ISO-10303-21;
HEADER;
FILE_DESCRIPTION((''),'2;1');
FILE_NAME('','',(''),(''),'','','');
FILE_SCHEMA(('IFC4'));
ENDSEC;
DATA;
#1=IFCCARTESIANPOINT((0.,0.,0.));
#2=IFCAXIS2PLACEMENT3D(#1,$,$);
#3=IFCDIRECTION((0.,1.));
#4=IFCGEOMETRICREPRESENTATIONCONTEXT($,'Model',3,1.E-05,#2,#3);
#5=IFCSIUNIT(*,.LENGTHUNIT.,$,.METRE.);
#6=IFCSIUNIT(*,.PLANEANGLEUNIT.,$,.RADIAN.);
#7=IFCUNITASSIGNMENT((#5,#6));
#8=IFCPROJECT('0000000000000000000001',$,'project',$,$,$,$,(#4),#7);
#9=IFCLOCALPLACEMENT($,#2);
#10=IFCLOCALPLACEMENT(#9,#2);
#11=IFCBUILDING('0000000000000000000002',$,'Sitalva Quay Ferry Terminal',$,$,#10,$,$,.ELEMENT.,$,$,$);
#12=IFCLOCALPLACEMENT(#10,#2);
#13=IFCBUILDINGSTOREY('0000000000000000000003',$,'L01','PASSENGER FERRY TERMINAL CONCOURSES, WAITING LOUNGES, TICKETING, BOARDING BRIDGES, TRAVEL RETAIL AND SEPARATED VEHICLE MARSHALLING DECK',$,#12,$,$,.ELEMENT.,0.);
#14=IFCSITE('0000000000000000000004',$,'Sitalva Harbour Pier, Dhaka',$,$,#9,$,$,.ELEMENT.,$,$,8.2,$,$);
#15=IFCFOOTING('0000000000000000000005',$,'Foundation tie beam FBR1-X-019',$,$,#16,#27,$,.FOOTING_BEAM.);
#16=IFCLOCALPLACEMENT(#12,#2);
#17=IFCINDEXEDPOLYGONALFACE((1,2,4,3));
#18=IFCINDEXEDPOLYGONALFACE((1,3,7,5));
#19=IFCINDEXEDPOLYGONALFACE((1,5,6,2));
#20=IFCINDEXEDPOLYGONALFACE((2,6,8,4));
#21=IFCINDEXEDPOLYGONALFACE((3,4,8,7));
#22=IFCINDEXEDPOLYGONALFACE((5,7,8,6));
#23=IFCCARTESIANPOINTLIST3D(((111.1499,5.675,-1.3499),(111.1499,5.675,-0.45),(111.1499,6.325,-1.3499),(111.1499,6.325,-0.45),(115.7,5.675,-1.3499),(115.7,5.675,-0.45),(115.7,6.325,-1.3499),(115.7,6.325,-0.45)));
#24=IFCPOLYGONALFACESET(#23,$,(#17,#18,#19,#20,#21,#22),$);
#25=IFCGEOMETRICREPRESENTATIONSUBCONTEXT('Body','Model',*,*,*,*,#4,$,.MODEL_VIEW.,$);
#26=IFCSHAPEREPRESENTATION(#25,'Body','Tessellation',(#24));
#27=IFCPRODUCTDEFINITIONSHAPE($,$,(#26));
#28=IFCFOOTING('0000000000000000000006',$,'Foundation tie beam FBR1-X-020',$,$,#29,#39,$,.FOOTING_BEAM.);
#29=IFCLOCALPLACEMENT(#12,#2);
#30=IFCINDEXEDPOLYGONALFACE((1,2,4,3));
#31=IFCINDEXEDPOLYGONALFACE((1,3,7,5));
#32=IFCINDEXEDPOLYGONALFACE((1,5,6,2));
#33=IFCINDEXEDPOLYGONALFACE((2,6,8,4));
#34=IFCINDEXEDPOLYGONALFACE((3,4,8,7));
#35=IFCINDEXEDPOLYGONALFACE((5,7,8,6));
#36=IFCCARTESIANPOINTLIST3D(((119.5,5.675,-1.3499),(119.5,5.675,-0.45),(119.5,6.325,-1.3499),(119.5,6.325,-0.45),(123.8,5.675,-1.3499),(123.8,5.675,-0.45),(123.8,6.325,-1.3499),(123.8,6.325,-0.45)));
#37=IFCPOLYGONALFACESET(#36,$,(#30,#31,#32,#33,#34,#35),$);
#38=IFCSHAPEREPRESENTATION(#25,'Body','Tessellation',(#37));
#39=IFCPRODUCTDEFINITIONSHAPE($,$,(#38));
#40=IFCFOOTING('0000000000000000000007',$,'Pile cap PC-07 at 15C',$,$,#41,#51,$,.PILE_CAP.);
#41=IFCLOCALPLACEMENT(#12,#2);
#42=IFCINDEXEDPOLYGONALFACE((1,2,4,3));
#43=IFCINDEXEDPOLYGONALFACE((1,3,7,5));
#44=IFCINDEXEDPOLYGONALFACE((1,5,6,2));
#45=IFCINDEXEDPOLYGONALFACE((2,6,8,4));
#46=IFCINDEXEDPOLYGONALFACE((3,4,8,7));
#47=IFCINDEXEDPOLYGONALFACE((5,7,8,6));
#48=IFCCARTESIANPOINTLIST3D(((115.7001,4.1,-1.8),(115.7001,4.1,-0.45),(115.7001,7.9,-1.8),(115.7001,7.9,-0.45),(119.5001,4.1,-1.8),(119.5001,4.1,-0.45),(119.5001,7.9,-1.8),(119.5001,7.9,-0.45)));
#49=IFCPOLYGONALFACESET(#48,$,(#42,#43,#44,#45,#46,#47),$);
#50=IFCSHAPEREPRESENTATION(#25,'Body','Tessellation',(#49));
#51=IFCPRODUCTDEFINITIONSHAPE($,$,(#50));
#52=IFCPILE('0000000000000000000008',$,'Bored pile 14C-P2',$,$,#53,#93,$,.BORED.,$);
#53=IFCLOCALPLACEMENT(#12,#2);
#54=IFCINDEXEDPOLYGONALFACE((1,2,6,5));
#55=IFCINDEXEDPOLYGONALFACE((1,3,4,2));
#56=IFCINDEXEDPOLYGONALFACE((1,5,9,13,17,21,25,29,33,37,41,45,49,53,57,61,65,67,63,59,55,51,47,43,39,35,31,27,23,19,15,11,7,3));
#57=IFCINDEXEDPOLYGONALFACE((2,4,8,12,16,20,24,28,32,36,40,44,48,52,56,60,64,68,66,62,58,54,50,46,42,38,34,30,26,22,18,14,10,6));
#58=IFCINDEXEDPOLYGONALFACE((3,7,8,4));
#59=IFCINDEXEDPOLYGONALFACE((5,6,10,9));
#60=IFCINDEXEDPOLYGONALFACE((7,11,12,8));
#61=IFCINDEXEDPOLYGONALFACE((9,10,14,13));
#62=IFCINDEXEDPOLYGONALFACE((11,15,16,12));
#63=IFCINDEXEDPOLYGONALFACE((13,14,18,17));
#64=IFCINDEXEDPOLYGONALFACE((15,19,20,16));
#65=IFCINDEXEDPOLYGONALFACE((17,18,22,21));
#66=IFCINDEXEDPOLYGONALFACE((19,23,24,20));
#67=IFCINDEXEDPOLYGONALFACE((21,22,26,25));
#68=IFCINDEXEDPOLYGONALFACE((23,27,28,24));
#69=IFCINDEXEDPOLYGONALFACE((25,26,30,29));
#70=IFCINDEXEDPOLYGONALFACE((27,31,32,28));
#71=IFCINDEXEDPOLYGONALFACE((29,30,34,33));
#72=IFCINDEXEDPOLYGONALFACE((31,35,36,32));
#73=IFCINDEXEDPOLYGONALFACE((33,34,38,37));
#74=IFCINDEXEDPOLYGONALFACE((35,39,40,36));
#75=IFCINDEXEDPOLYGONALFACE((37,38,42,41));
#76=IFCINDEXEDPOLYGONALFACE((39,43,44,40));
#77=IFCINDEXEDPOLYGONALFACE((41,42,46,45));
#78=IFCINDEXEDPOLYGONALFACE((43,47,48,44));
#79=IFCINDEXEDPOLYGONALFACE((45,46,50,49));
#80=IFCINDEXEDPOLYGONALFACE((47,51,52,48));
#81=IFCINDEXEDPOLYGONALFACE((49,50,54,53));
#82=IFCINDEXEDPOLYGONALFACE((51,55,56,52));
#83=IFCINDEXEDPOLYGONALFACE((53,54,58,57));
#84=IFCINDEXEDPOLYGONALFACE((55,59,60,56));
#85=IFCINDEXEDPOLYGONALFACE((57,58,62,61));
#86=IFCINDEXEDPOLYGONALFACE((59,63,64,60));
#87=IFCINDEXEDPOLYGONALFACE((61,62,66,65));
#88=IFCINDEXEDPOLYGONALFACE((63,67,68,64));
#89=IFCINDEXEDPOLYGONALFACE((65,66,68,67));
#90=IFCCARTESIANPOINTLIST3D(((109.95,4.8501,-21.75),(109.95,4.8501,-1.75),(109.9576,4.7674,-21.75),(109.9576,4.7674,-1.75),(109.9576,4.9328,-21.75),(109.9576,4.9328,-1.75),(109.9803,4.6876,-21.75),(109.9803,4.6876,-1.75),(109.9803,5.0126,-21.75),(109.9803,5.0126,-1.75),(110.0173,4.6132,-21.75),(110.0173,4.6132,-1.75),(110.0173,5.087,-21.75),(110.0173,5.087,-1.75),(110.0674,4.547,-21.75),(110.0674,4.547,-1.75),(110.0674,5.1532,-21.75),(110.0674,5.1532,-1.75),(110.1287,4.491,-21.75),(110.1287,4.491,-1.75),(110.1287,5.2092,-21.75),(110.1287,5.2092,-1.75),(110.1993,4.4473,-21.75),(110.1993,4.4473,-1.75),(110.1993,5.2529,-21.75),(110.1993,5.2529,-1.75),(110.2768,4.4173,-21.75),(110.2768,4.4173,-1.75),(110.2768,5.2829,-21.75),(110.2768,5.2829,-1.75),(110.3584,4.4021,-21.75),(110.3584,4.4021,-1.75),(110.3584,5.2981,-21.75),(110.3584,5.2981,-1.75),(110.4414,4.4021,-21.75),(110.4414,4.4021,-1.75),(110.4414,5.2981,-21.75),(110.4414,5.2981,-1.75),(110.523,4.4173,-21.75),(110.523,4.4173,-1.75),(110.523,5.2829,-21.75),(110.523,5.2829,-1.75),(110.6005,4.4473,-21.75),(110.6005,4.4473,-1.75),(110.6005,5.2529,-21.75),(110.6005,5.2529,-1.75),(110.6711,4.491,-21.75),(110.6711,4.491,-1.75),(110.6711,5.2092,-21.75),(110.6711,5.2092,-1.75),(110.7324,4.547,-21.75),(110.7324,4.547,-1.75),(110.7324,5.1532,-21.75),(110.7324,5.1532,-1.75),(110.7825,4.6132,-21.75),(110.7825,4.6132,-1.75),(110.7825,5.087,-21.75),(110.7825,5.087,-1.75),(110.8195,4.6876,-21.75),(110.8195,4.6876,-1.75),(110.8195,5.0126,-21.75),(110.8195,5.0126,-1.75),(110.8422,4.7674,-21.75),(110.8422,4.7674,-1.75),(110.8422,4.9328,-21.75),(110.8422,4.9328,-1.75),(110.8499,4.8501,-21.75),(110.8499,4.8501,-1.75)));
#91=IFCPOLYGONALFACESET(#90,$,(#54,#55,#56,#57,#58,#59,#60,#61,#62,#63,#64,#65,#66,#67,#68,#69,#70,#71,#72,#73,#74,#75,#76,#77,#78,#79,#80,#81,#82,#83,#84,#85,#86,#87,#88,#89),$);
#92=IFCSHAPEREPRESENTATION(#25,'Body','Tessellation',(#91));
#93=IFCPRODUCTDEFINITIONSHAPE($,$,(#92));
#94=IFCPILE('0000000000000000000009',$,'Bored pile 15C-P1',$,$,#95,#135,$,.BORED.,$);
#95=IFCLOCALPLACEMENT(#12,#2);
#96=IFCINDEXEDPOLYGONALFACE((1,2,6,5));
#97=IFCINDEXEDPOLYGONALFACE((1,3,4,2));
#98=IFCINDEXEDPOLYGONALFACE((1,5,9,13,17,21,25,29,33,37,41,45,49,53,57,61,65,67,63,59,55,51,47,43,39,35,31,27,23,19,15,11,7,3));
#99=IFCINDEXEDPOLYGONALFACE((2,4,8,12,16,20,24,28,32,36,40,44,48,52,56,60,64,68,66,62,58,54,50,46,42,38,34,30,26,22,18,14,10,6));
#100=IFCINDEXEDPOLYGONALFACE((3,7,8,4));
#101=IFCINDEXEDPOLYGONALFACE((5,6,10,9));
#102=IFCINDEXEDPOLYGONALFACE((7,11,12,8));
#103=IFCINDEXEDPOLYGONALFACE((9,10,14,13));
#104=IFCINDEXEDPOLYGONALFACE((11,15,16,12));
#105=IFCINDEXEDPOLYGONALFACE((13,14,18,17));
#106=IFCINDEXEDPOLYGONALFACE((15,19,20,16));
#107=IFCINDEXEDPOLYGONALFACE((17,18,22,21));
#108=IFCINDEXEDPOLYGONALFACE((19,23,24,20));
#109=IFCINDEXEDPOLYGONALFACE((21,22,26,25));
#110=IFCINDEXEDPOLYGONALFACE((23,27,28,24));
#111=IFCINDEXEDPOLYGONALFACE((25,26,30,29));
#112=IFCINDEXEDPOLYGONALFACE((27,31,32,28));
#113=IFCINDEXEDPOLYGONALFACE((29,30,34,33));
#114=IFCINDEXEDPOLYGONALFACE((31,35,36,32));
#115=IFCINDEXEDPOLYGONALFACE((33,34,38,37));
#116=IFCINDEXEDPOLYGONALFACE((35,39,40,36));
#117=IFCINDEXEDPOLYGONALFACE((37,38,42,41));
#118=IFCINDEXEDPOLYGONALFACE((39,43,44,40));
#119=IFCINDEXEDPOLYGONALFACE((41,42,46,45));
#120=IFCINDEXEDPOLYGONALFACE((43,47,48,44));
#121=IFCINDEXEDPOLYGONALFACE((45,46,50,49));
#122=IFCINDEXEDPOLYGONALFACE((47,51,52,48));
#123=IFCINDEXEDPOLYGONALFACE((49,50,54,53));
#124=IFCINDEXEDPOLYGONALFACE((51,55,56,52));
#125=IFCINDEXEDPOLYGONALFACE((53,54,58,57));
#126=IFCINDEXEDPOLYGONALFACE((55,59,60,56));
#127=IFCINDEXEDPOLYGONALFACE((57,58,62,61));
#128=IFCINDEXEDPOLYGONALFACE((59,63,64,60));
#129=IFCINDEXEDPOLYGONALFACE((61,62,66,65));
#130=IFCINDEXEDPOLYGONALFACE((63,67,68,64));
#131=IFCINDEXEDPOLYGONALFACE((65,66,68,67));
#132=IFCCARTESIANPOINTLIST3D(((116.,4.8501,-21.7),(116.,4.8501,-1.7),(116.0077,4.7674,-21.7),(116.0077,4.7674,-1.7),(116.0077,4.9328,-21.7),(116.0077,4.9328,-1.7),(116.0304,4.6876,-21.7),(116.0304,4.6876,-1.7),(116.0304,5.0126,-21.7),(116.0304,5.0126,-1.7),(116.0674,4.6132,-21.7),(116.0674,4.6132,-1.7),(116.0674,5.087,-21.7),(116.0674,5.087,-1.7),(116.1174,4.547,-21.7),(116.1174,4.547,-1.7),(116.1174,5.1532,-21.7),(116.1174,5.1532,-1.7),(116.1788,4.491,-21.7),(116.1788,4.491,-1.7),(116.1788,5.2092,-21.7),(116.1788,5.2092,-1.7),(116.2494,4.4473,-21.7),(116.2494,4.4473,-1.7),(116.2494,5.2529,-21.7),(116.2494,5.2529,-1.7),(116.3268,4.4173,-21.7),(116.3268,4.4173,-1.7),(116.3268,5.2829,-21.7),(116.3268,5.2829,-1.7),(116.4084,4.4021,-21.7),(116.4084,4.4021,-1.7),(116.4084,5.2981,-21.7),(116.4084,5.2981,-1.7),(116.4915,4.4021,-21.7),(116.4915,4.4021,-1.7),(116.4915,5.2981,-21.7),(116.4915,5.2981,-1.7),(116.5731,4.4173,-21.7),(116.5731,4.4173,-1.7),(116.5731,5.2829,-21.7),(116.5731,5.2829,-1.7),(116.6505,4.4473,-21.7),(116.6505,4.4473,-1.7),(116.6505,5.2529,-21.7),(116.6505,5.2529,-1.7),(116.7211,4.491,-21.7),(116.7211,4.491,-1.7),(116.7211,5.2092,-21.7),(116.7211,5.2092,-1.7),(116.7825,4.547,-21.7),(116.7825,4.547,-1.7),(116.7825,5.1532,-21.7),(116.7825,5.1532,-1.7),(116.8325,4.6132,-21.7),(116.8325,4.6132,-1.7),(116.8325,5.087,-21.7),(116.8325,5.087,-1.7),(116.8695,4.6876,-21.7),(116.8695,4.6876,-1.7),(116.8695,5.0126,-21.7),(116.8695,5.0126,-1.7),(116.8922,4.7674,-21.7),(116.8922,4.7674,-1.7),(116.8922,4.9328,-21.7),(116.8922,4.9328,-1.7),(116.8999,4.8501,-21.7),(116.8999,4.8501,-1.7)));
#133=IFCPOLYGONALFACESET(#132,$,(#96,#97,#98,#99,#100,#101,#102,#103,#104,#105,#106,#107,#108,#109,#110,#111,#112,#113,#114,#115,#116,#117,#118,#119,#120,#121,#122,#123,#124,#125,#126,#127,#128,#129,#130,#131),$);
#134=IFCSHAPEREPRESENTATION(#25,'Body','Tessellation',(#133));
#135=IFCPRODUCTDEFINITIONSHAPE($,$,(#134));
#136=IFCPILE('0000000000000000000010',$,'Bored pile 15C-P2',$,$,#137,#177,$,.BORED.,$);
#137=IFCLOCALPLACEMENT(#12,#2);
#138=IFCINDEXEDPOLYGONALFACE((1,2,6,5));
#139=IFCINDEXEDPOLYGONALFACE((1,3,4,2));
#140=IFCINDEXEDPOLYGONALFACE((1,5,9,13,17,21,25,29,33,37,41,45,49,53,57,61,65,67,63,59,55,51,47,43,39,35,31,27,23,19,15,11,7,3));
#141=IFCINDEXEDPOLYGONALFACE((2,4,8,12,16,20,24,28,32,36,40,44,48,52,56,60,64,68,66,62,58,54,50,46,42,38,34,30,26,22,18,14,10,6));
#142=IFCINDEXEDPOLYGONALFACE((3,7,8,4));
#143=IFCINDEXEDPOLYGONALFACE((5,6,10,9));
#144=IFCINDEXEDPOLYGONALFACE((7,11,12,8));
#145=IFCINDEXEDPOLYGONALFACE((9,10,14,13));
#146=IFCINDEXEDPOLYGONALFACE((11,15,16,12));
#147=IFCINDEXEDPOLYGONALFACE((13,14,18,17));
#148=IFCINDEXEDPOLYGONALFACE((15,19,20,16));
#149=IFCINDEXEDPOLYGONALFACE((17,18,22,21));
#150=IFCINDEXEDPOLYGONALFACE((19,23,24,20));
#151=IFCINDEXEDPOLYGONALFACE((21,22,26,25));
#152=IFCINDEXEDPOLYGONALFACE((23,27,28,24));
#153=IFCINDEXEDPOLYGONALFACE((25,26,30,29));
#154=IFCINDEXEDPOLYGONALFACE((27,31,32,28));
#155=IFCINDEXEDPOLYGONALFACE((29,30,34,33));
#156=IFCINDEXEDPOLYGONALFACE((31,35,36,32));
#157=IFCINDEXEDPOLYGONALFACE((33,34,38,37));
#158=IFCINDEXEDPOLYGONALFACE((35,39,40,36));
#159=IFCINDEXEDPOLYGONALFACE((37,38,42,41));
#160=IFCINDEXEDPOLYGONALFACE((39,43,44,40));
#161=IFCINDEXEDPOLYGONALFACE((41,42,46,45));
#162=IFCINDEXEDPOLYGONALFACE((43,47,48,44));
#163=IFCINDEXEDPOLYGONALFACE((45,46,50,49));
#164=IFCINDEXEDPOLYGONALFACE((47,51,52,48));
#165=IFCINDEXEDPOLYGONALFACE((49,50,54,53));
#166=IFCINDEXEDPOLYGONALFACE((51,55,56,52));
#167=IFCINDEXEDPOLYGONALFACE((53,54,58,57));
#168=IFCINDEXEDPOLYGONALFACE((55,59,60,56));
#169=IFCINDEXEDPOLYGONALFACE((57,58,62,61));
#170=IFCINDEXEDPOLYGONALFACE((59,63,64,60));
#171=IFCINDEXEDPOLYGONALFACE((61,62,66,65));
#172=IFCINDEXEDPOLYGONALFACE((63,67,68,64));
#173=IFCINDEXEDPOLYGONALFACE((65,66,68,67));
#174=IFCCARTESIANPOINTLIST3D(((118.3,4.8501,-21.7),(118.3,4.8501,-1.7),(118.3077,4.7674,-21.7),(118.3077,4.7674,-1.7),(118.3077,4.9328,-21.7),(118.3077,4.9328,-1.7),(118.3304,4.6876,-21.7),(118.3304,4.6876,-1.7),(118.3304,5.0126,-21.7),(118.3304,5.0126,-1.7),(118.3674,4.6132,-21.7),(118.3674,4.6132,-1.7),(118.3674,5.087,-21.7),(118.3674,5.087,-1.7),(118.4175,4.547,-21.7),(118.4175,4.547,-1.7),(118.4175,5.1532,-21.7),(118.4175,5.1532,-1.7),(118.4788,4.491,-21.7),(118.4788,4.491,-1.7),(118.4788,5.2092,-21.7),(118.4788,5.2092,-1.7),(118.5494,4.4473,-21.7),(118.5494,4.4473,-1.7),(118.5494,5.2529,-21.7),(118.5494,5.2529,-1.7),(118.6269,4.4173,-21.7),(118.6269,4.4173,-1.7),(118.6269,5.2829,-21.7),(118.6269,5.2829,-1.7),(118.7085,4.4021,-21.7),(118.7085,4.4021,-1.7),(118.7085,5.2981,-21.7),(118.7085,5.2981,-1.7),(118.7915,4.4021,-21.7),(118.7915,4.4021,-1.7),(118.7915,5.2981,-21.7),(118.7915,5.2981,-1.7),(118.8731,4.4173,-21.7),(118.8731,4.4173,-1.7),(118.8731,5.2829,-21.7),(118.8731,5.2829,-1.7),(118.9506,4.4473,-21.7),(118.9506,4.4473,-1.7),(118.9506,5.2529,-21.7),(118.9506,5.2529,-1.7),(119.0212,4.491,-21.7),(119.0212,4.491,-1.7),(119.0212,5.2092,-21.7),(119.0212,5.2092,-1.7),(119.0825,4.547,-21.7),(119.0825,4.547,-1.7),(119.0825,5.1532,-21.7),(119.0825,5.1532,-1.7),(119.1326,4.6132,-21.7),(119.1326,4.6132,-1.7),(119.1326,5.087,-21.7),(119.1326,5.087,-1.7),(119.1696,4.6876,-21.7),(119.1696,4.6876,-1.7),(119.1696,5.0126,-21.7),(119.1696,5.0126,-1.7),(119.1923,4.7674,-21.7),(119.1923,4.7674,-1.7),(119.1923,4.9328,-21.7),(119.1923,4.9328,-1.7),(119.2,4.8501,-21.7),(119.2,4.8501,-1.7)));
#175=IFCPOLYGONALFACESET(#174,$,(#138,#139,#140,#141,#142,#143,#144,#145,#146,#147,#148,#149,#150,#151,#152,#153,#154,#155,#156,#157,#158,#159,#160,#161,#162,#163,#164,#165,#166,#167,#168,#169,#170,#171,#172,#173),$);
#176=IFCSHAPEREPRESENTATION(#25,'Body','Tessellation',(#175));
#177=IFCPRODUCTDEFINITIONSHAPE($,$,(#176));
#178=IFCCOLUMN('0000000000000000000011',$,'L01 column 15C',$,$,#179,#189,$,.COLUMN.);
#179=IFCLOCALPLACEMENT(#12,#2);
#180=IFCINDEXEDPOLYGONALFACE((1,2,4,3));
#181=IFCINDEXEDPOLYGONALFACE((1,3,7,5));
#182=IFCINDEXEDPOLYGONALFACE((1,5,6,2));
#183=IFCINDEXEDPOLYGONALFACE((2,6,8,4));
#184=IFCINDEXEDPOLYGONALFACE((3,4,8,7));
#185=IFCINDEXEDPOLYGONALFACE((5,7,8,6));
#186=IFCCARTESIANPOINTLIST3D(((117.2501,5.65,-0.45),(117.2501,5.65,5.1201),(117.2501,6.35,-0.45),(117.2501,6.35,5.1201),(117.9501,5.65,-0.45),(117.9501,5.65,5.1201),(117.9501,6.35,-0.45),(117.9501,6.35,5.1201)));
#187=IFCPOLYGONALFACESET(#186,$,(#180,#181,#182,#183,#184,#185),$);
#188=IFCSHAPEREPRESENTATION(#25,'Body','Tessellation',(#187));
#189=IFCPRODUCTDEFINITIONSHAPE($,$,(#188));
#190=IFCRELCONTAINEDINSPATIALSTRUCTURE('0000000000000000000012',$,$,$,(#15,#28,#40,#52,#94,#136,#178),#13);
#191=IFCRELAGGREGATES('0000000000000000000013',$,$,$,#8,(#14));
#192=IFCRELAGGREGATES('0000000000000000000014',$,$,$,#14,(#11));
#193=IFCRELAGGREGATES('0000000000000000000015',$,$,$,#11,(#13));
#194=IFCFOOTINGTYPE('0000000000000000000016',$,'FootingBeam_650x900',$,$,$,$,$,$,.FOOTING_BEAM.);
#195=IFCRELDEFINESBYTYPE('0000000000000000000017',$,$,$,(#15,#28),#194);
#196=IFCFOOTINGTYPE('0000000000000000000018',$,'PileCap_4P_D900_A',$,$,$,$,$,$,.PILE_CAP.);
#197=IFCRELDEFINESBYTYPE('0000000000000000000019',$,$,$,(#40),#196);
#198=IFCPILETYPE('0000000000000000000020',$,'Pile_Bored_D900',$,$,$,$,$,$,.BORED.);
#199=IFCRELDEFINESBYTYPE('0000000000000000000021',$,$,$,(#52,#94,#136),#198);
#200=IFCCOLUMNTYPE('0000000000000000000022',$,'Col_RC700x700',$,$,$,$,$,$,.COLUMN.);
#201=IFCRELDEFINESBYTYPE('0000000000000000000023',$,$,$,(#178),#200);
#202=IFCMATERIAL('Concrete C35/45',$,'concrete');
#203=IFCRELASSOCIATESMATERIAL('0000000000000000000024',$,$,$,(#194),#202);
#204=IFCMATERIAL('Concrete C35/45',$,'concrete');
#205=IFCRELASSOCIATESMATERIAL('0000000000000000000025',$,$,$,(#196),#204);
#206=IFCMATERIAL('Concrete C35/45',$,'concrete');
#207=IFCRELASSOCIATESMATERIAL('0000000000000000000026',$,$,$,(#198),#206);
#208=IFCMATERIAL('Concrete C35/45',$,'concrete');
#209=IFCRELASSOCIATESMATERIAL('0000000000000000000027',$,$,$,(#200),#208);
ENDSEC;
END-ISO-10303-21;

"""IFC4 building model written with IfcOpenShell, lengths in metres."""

from ifc_helpers import new_model, si_unit, direction, frame, origin, origin_2d, place, context, subcontext, project, spatial, rectangle, circle, extrude, material, material_profile, profile_set, type_object, element, save


model = new_model("IFC4")

# Units and contexts
model_context = context("Model", 3, precision=1e-05, world=origin(), true_north=direction((0.0, 1.0)))
body_context = subcontext(model_context, "Body", "Model", "MODEL_VIEW")
ifc_project = project(units=[si_unit("LENGTHUNIT", "METRE"), si_unit("PLANEANGLEUNIT", "RADIAN")], contexts=[model_context])

# Site, building, storey
site_placement = place(None, origin())
site = spatial("IfcSite", under=ifc_project, at=site_placement, Name="Sitalva Harbour Pier, Dhaka", CompositionType="ELEMENT", RefElevation=8.2)
building_placement = place(site_placement, origin())
building = spatial("IfcBuilding", under=site, at=building_placement, Name="Sitalva Quay Ferry Terminal", CompositionType="ELEMENT")
storey_placement = place(building_placement, origin())
storey = spatial("IfcBuildingStorey", under=building, at=storey_placement, Name="L01", Description="PASSENGER FERRY TERMINAL CONCOURSES, WAITING LOUNGES, TICKETING, BOARDING BRIDGES, TRAVEL RETAIL AND SEPARATED VEHICLE MARSHALLING DECK", CompositionType="ELEMENT", Elevation=0.0)

# Footings
ifc_material_1 = material(Name="Concrete C35/45", Category="concrete")
ifc_material_profile_1 = material_profile(ifc_material_1, rectangle(XDim=0.6499, YDim=0.8999, at=origin_2d()), Name="RC650x900")
ifc_profile_set_1 = profile_set([ifc_material_profile_1], Name="Concrete C35/45")
footing_type_1 = type_object("IfcFootingType", Name="FootingBeam_650x900", PredefinedType="FOOTING_BEAM", material=ifc_profile_set_1)
footing_1_placement = place(storey_placement, frame((111.1499, 6.0, -0.8999), z_axis=(1.0, 0.0, 0.0), x_axis=(0.0, 1.0, 0.0)))
element("IfcFooting", 1, at=footing_1_placement, inside=storey, type_object=footing_type_1, Name="Foundation tie beam FBR1-X-019", PredefinedType="FOOTING_BEAM", context=body_context, shape_type="SweptSolid", body=[
    extrude(rectangle(XDim=0.6499, YDim=0.8999, at=origin_2d()), origin(), (0.0, 0.0, 1.0), 4.55),
])
footing_2_placement = place(storey_placement, frame((119.5, 6.0, -0.8999), z_axis=(1.0, 0.0, 0.0), x_axis=(0.0, 1.0, 0.0)))
element("IfcFooting", 2, at=footing_2_placement, inside=storey, type_object=footing_type_1, Name="Foundation tie beam FBR1-X-020", PredefinedType="FOOTING_BEAM", context=body_context, shape_type="SweptSolid", body=[
    extrude(rectangle(XDim=0.6499, YDim=0.8999, at=origin_2d()), origin(), (0.0, 0.0, 1.0), 4.3),
])
ifc_material_2 = material(Name="Concrete C35/45", Category="concrete")
footing_type_2 = type_object("IfcFootingType", Name="PileCap_4P_D900_A", PredefinedType="PILE_CAP", material=ifc_material_2)
footing_3_placement = place(storey_placement, frame((117.6001, 6.0, -1.8), z_axis=(0.0, 0.0, 1.0), x_axis=(1.0, 0.0, 0.0)))
element("IfcFooting", 3, at=footing_3_placement, inside=storey, type_object=footing_type_2, Name="Pile cap PC-07 at 15C", PredefinedType="PILE_CAP", context=body_context, shape_type="SweptSolid", body=[
    extrude(rectangle(XDim=3.8, YDim=3.8, at=origin_2d()), origin(), (0.0, 0.0, 1.0), 1.3501),
])

# Piles
ifc_material_3 = material(Name="Concrete C35/45", Category="concrete")
ifc_material_profile_2 = material_profile(ifc_material_3, circle(Radius=0.45, at=origin_2d()), Name="PILE-D900")
ifc_profile_set_2 = profile_set([ifc_material_profile_2], Name="Concrete C35/45")
pile_type = type_object("IfcPileType", Name="Pile_Bored_D900", PredefinedType="BORED", material=ifc_profile_set_2)
for number, where, z_axis, x_axis, name in (
    (4, (110.3999, 4.8501, -1.75), (0.0, 0.0, -1.0), (1.0, 0.0, 0.0), "Bored pile 14C-P2"),
    (5, (116.45, 4.8501, -1.7), (0.0, 0.0, -1.0), (1.0, 0.0, 0.0), "Bored pile 15C-P1"),
    (6, (118.75, 4.8501, -1.7), (0.0, 0.0, -1.0), (1.0, 0.0, 0.0), "Bored pile 15C-P2"),
):
    element("IfcPile", number, at=place(storey_placement, frame(where, z_axis=z_axis, x_axis=x_axis)), inside=storey, type_object=pile_type, Name=name, PredefinedType="BORED", context=body_context, shape_type="SweptSolid", body=[
        extrude(circle(Radius=0.45, at=origin_2d()), origin(), (0.0, 0.0, 1.0), 20.0),
    ])

# Column
ifc_material_4 = material(Name="Concrete C35/45", Category="concrete")
ifc_material_profile_3 = material_profile(ifc_material_4, rectangle(XDim=0.7, YDim=0.7, at=origin_2d()), Name="RC700x700")
ifc_profile_set_3 = profile_set([ifc_material_profile_3], Name="Concrete C35/45")
column_type = type_object("IfcColumnType", Name="Col_RC700x700", PredefinedType="COLUMN", material=ifc_profile_set_3)
column_placement = place(storey_placement, frame((117.6001, 6.0, -0.45), z_axis=(0.0, 0.0, 1.0), x_axis=(1.0, 0.0, 0.0)))
element("IfcColumn", 7, at=column_placement, inside=storey, type_object=column_type, Name="L01 column 15C", PredefinedType="COLUMN", context=body_context, shape_type="SweptSolid", body=[
    extrude(rectangle(XDim=0.7, YDim=0.7, at=origin_2d()), origin(), (0.0, 0.0, 1.0), 5.5701),
])

save(model, "model.ifc")
